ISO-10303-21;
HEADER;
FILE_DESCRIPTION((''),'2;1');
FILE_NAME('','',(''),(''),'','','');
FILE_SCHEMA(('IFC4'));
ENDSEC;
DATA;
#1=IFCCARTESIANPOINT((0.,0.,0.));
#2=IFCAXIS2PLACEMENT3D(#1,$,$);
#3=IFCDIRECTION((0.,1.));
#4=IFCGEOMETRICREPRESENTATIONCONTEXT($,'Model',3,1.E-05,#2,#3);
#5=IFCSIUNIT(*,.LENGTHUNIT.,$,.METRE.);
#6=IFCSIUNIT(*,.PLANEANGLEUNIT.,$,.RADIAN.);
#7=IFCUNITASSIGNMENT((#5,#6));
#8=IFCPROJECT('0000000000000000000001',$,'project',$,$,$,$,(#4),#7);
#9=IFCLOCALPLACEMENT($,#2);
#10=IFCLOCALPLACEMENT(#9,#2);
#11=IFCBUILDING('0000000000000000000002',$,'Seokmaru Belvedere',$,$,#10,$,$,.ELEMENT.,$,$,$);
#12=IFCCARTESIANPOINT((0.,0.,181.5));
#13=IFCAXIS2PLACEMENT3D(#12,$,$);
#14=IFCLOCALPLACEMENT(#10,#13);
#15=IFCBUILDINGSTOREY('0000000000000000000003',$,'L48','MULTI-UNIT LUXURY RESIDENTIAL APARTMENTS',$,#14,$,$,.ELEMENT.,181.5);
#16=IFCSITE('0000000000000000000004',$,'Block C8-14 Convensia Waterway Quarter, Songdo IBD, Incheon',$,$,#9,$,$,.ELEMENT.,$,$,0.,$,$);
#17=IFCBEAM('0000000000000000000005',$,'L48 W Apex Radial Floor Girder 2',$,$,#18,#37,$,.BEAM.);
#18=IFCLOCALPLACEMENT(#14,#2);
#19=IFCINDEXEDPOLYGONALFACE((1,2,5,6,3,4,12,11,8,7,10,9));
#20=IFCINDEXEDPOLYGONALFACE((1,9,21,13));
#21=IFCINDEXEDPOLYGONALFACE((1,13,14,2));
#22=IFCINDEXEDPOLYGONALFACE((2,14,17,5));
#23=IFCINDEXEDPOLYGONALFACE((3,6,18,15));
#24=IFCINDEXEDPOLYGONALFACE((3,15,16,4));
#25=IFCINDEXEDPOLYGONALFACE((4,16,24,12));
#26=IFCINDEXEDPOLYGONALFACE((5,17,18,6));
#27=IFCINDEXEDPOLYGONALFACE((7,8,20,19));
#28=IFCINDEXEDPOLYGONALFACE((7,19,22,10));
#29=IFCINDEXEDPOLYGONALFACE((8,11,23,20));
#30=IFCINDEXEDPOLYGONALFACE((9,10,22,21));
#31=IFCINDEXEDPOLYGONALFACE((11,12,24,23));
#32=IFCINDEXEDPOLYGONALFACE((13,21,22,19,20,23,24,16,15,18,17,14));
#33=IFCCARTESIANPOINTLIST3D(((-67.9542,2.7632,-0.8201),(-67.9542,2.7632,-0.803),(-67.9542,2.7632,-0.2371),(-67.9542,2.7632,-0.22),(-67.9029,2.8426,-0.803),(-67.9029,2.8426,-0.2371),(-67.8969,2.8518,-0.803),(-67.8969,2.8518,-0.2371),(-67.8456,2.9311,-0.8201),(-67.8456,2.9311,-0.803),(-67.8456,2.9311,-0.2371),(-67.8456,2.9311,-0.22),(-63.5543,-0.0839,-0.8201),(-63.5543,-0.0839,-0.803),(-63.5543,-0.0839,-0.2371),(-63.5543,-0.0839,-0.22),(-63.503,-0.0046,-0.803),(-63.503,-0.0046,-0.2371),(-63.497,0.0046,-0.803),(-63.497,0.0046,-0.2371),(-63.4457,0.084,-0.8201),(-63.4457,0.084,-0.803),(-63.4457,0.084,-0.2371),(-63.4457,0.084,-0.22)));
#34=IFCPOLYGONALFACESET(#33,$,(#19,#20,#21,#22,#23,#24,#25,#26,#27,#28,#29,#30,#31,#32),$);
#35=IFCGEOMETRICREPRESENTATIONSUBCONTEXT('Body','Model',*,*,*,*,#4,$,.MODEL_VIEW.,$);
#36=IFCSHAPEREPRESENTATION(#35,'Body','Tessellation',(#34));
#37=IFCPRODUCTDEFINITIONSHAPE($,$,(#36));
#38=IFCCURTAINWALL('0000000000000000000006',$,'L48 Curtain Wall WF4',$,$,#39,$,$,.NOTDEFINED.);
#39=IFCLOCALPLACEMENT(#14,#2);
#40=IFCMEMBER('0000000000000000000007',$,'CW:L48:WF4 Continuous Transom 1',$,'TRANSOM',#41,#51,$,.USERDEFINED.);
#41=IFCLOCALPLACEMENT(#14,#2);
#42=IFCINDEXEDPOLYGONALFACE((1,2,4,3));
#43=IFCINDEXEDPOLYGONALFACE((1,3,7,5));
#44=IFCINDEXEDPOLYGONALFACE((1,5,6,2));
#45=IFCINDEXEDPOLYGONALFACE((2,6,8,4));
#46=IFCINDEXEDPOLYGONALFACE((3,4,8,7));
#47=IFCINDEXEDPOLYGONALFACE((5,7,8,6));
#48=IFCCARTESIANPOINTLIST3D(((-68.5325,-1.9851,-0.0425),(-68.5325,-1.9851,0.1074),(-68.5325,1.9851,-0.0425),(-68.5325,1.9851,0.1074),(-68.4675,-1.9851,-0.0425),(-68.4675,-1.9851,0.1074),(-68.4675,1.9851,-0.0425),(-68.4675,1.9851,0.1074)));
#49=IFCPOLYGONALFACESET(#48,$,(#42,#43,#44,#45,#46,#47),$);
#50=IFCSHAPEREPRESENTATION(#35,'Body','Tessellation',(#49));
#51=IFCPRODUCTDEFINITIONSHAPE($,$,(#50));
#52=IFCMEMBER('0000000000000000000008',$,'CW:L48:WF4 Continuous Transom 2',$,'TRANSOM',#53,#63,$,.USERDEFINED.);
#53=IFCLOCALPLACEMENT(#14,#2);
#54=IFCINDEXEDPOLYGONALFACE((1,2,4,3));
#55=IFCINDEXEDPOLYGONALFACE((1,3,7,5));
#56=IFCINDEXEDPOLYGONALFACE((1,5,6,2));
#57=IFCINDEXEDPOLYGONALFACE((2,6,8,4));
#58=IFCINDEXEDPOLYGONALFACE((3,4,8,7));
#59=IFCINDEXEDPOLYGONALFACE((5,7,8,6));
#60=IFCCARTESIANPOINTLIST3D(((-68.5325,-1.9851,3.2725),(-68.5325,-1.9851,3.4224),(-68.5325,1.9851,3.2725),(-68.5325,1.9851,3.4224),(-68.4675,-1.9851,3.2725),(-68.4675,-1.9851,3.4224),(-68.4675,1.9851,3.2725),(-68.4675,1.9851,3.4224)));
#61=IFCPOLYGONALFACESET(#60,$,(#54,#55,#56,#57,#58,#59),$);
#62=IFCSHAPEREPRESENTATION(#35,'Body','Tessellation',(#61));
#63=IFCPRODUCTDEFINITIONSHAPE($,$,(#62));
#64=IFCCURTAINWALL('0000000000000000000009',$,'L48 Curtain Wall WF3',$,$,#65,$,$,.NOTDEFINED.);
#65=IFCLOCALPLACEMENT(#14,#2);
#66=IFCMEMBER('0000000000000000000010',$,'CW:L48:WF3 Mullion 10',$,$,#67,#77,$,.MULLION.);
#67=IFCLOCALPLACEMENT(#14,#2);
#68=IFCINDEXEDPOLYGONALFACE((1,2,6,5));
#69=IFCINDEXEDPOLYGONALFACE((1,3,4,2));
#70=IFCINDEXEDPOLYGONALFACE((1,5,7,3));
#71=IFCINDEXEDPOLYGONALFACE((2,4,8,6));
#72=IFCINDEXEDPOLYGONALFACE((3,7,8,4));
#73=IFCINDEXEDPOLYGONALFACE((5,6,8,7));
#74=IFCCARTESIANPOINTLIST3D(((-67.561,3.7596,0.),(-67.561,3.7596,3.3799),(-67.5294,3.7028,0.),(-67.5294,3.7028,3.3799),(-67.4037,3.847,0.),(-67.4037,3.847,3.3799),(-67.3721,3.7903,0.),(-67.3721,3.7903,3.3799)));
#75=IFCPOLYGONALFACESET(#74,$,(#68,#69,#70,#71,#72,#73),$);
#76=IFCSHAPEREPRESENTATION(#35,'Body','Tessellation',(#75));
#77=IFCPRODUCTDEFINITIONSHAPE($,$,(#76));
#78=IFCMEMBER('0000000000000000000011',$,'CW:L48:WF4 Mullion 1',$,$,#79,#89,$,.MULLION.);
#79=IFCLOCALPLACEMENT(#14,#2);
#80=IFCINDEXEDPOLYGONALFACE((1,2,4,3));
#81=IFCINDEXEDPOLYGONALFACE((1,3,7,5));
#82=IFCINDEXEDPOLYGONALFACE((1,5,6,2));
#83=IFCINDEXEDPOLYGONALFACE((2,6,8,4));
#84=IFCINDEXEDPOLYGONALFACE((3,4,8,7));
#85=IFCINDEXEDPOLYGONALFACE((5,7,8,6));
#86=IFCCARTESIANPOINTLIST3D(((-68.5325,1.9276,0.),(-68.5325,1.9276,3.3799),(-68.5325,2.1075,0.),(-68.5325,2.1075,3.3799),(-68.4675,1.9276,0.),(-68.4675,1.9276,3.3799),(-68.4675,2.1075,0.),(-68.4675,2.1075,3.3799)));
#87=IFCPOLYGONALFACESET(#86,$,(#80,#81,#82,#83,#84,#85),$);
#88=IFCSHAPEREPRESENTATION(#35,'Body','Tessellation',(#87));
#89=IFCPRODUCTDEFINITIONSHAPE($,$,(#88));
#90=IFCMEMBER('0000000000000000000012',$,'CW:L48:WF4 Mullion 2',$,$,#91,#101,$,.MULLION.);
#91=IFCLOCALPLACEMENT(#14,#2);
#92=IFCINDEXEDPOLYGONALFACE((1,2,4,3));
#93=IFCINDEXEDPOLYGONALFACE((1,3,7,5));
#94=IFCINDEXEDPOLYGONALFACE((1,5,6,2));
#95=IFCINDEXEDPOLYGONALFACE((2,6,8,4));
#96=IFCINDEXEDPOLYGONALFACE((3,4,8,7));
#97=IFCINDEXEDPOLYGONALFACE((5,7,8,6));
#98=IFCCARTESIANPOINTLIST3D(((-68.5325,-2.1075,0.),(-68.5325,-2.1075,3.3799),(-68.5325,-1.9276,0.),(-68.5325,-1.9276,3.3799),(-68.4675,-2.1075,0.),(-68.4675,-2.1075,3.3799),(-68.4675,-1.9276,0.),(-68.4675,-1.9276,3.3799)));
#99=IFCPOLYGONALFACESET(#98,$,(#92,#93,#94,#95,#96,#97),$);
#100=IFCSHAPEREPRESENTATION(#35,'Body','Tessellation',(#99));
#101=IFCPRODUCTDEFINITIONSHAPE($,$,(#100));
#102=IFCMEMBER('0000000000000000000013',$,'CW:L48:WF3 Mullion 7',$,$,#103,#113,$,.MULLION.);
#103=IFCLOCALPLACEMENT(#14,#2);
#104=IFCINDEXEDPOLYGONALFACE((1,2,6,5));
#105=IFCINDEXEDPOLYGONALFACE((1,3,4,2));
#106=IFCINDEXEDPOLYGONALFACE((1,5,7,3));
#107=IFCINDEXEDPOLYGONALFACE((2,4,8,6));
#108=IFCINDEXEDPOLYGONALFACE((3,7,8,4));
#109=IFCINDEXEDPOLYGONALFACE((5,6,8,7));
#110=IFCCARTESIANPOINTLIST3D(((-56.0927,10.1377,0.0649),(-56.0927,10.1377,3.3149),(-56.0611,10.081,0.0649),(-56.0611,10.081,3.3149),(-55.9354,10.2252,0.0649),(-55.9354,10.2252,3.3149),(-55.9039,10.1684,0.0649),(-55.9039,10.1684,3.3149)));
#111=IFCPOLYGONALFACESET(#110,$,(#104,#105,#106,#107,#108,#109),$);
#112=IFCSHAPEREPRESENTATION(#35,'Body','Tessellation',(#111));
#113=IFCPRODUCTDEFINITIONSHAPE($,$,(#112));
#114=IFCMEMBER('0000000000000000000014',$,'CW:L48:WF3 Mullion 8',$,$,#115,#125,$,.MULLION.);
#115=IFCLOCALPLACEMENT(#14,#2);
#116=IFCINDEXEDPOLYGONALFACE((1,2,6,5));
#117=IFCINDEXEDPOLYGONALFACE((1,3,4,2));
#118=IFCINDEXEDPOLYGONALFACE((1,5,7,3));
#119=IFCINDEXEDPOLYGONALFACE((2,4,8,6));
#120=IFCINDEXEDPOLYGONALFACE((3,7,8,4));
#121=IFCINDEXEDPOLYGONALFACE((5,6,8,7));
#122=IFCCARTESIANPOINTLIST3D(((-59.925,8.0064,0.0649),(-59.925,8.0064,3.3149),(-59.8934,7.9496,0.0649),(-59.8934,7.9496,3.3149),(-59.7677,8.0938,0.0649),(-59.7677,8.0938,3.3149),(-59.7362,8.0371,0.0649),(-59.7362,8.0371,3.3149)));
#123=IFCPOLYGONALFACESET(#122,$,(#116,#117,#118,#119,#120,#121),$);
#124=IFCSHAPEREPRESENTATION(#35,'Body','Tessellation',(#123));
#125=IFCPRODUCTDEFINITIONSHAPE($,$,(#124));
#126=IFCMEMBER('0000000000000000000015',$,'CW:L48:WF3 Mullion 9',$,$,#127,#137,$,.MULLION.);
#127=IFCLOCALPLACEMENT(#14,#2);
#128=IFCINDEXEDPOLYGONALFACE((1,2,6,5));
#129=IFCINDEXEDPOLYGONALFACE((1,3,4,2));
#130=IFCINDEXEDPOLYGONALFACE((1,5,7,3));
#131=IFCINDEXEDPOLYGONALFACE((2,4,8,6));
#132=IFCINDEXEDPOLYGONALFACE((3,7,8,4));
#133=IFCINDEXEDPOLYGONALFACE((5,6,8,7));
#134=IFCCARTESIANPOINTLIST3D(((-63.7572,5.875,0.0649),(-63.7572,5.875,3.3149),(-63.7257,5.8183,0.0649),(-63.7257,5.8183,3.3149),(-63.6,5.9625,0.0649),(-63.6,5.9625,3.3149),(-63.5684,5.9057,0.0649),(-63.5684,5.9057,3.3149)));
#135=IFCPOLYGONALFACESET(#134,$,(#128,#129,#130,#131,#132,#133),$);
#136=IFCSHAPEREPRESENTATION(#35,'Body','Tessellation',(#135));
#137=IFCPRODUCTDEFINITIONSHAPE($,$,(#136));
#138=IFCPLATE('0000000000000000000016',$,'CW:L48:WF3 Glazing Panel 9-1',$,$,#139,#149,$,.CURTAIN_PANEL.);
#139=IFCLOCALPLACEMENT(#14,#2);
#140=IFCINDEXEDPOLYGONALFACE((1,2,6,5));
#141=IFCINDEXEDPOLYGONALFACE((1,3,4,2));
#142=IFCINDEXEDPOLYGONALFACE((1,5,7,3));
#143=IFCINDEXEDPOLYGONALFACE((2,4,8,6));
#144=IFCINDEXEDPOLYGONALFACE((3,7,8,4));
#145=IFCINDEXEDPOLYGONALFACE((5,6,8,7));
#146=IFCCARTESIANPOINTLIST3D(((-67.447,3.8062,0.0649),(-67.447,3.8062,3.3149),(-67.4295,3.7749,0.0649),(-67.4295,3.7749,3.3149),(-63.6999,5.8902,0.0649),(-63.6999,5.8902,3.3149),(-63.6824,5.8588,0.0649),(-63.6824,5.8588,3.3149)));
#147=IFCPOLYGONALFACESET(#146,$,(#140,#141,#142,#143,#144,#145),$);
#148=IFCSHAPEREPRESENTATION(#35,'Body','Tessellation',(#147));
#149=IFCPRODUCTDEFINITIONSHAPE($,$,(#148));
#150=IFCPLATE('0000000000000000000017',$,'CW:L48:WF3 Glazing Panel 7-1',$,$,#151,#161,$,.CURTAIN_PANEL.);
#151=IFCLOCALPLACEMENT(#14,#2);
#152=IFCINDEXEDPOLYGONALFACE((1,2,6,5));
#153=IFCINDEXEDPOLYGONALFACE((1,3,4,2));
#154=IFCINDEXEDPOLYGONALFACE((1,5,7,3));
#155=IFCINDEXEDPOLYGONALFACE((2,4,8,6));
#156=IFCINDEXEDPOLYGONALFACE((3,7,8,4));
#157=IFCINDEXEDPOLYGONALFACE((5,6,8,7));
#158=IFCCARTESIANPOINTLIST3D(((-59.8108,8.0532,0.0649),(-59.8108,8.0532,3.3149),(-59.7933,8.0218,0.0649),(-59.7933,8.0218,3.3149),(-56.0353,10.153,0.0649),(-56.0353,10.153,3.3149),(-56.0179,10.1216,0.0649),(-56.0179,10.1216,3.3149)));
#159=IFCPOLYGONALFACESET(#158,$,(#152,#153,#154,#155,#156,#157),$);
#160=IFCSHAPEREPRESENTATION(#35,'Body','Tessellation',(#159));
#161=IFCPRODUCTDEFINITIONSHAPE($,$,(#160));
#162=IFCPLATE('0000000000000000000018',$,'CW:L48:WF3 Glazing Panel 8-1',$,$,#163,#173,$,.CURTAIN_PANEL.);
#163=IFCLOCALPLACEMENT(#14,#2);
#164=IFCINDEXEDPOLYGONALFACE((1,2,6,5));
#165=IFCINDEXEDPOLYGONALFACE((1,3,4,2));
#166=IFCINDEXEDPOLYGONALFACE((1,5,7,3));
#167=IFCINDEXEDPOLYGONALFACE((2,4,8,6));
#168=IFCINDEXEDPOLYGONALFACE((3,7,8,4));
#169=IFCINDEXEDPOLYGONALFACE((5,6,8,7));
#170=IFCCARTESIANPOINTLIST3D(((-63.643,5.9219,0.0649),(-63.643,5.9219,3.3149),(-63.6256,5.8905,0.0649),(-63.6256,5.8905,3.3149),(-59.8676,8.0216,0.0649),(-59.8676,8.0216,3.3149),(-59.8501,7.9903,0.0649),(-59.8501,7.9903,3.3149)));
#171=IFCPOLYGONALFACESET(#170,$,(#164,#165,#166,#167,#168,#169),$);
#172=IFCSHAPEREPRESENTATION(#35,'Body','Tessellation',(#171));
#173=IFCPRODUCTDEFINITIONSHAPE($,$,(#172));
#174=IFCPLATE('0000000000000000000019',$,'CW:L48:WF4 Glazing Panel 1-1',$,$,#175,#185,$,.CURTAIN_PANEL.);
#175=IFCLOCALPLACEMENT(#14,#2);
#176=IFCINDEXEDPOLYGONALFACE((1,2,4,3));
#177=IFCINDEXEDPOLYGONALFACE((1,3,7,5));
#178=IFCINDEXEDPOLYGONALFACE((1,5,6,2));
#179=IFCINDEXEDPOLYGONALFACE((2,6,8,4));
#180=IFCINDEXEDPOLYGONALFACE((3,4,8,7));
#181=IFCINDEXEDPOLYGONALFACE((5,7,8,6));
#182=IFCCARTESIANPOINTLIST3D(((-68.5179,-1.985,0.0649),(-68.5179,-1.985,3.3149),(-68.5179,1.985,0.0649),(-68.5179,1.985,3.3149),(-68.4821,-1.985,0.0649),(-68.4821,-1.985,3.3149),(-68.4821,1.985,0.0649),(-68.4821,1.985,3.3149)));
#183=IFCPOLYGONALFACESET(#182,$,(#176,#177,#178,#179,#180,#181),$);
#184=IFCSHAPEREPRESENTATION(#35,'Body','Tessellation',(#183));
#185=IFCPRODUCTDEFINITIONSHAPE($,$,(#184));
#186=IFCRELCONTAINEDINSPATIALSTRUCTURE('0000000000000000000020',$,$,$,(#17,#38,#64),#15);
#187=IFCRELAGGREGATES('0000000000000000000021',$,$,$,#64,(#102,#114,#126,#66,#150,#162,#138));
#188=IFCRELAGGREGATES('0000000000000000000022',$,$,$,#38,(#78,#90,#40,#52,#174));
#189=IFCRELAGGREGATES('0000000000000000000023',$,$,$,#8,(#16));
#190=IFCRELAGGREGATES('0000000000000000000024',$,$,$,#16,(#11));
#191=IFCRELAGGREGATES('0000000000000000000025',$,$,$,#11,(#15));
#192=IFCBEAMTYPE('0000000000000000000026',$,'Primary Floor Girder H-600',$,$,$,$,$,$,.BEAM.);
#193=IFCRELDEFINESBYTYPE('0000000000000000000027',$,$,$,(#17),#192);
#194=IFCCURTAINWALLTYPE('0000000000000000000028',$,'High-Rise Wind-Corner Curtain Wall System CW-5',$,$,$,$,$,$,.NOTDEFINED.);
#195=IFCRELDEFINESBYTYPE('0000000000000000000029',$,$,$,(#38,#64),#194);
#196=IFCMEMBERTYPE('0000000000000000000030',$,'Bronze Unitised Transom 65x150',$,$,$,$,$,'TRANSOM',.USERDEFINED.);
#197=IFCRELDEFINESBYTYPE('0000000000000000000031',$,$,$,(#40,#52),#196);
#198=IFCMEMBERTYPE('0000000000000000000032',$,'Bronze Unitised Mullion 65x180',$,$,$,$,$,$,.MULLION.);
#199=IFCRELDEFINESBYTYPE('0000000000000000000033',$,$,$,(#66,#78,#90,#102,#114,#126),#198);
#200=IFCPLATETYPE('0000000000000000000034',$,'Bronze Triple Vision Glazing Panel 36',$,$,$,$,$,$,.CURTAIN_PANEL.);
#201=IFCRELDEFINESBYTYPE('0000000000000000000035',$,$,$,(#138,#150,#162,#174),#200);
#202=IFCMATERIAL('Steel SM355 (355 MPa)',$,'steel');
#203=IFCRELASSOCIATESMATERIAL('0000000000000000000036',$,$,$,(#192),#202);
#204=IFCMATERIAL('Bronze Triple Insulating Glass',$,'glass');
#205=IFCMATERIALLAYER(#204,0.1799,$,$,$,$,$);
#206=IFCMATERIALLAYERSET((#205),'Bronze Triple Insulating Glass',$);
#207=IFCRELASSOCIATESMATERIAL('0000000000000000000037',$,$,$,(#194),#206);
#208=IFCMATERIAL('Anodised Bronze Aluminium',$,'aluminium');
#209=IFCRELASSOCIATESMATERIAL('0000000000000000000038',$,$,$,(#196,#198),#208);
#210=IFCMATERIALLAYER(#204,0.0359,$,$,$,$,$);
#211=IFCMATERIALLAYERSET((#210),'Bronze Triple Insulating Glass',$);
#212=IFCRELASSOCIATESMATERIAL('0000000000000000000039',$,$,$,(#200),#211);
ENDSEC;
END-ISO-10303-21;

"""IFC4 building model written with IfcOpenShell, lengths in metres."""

from ifc_helpers import new_model, si_unit, direction, frame, origin, origin_2d, place, context, subcontext, project, spatial, rectangle, i_section, extrude, source, transform, mapped, material, layer, layer_set, material_profile, profile_set, type_object, type_shapes, element, aggregate, save


model = new_model("IFC4")

# Units and contexts
model_context = context("Model", 3, precision=1e-05, world=origin(), true_north=direction((0.0, 1.0)))
body_context = subcontext(model_context, "Body", "Model", "MODEL_VIEW")
ifc_project = project(units=[si_unit("LENGTHUNIT", "METRE"), si_unit("PLANEANGLEUNIT", "RADIAN")], contexts=[model_context])

# Site, building, storey
site_placement = place(None, origin())
site = spatial("IfcSite", under=ifc_project, at=site_placement, Name="Block C8-14 Convensia Waterway Quarter, Songdo IBD, Incheon", CompositionType="ELEMENT", RefElevation=0.0)
building_placement = place(site_placement, origin())
building = spatial("IfcBuilding", under=site, at=building_placement, Name="Seokmaru Belvedere", CompositionType="ELEMENT")
storey_placement = place(building_placement, frame((0.0, 0.0, 181.5)))
storey = spatial("IfcBuildingStorey", under=building, at=storey_placement, Name="L48", Description="MULTI-UNIT LUXURY RESIDENTIAL APARTMENTS", CompositionType="ELEMENT", Elevation=181.5)

# Shared definitions
ifc_material_1 = material(Name="Steel SM355 (355 MPa)", Category="steel")

# Beam
ifc_material_profile_1 = material_profile(ifc_material_1, i_section(OverallWidth=0.2, OverallDepth=0.6001, WebThickness=0.011, FlangeThickness=0.0171, at=origin_2d()), Name="H-600x200x11x17")
ifc_profile_set_1 = profile_set([ifc_material_profile_1], Name="Steel SM355 (355 MPa)")
beam_type_1 = type_object("IfcBeamType", Name="Primary Floor Girder H-600", PredefinedType="BEAM", material=ifc_profile_set_1)
shared_shape_1 = source(origin(), body_context, "Body", "SweptSolid", [
    extrude(i_section(OverallWidth=0.2, OverallDepth=0.6001, WebThickness=0.011, FlangeThickness=0.0171, at=origin_2d()), origin(), (0.0, 0.0, 1.0), 5.2407),
])
beam_1_placement = place(storey_placement, frame((-67.8999, 2.8472, -0.52), z_axis=(0.839555, -0.543274, 0.0), x_axis=(0.543274, 0.839555, 0.0)))
element("IfcBeam", 1, at=beam_1_placement, inside=storey, type_object=beam_type_1, Name="L48 W Apex Radial Floor Girder 2", PredefinedType="BEAM", context=body_context, shape_type="MappedRepresentation", body=[
    mapped(shared_shape_1, transform((0.0, 0.0, 0.0), scale=1.0)),
])

# Curtain wall, members
ifc_material_2 = material(Name="Bronze Triple Insulating Glass", Category="glass")
ifc_layer_1 = layer(ifc_material_2, 0.1799)
ifc_layer_set_1 = layer_set([ifc_layer_1], Name="Bronze Triple Insulating Glass")
curtain_wall_type = type_object("IfcCurtainWallType", Name="High-Rise Wind-Corner Curtain Wall System CW-5", PredefinedType="NOTDEFINED", material=ifc_layer_set_1)
curtain_wall_1_placement = place(storey_placement, origin())
curtain_wall_1 = element("IfcCurtainWall", 2, at=curtain_wall_1_placement, inside=storey, type_object=curtain_wall_type, Name="L48 Curtain Wall WF4", PredefinedType="NOTDEFINED")
ifc_material_3 = material(Name="Anodised Bronze Aluminium", Category="aluminium")
ifc_material_profile_2 = material_profile(ifc_material_3, rectangle(XDim=0.0649, YDim=0.1499, at=origin_2d()), Name="CW-T-65x150")
ifc_profile_set_2 = profile_set([ifc_material_profile_2], Name="Anodised Bronze Aluminium")
member_type_1 = type_object("IfcMemberType", Name="Bronze Unitised Transom 65x150", ElementType="TRANSOM", PredefinedType="USERDEFINED", material=ifc_profile_set_2)
shared_shape_2 = source(origin(), body_context, "Body", "SweptSolid", [
    extrude(rectangle(XDim=0.0649, YDim=0.1499, at=origin_2d()), origin(), (0.0, 0.0, 1.0), 3.9702),
])
type_shapes(member_type_1, [shared_shape_2])
member_1_placement = place(storey_placement, frame((-68.5, 1.9851, 0.0325), z_axis=(0.0, -1.0, 0.0), x_axis=(1.0, 0.0, 0.0)))
member_1 = element("IfcMember", 3, at=member_1_placement, type_object=member_type_1, Name="CW:L48:WF4 Continuous Transom 1", ObjectType="TRANSOM", PredefinedType="USERDEFINED", context=body_context, shape_type="MappedRepresentation", body=[
    mapped(shared_shape_2, transform((0.0, 0.0, 0.0), scale=1.0)),
])
member_2_placement = place(storey_placement, frame((-68.5, 1.9851, 3.3474), z_axis=(0.0, -1.0, 0.0), x_axis=(1.0, 0.0, 0.0)))
member_2 = element("IfcMember", 4, at=member_2_placement, type_object=member_type_1, Name="CW:L48:WF4 Continuous Transom 2", ObjectType="TRANSOM", PredefinedType="USERDEFINED", context=body_context, shape_type="MappedRepresentation", body=[
    mapped(shared_shape_2, transform((0.0, 0.0, 0.0), scale=1.0)),
])

# Curtain wall, member
curtain_wall_2_placement = place(storey_placement, origin())
curtain_wall_2 = element("IfcCurtainWall", 5, at=curtain_wall_2_placement, inside=storey, type_object=curtain_wall_type, Name="L48 Curtain Wall WF3", PredefinedType="NOTDEFINED")
ifc_material_profile_3 = material_profile(ifc_material_3, rectangle(XDim=0.0649, YDim=0.1799, at=origin_2d()), Name="CW-M-65x180")
ifc_profile_set_3 = profile_set([ifc_material_profile_3], Name="Anodised Bronze Aluminium")
member_type_2 = type_object("IfcMemberType", Name="Bronze Unitised Mullion 65x180", PredefinedType="MULLION", material=ifc_profile_set_3)
shared_shape_3 = source(origin(), body_context, "Body", "SweptSolid", [
    extrude(rectangle(XDim=0.0649, YDim=0.1799, at=origin_2d()), origin(), (0.0, 0.0, 1.0), 3.3799),
])
member_3_placement = place(storey_placement, frame((-67.4666, 3.7749, 0.0), z_axis=(0.0, 0.0, 1.0), x_axis=(0.486047, -0.873933, 0.0)))
member_3 = element("IfcMember", 6, at=member_3_placement, type_object=member_type_2, Name="CW:L48:WF3 Mullion 10", PredefinedType="MULLION", context=body_context, shape_type="MappedRepresentation", body=[
    mapped(shared_shape_3, transform((0.0, 0.0, 0.0), scale=1.0)),
])

# Members
member_4_placement = place(storey_placement, frame((-68.5, 2.0176, 0.0), z_axis=(0.0, 0.0, 1.0), x_axis=(1.0, 0.0, 0.0)))
member_4 = element("IfcMember", 7, at=member_4_placement, type_object=member_type_2, Name="CW:L48:WF4 Mullion 1", PredefinedType="MULLION", context=body_context, shape_type="MappedRepresentation", body=[
    mapped(shared_shape_3, transform((0.0, 0.0, 0.0), scale=1.0)),
])
member_5_placement = place(storey_placement, frame((-68.5, -2.0176, 0.0), z_axis=(0.0, 0.0, 1.0), x_axis=(1.0, 0.0, 0.0)))
member_5 = element("IfcMember", 8, at=member_5_placement, type_object=member_type_2, Name="CW:L48:WF4 Mullion 2", PredefinedType="MULLION", context=body_context, shape_type="MappedRepresentation", body=[
    mapped(shared_shape_3, transform((0.0, 0.0, 0.0), scale=1.0)),
])
shared_shape_4 = source(origin(), body_context, "Body", "SweptSolid", [
    extrude(rectangle(XDim=0.0649, YDim=0.1799, at=origin_2d()), origin(), (0.0, 0.0, 1.0), 3.25),
])
type_shapes(member_type_2, [shared_shape_3, shared_shape_4])
member_6_placement = place(storey_placement, frame((-55.9983, 10.1531, 0.0649), z_axis=(0.0, 0.0, 1.0), x_axis=(0.486047, -0.873933, 0.0)))
member_6 = element("IfcMember", 9, at=member_6_placement, type_object=member_type_2, Name="CW:L48:WF3 Mullion 7", PredefinedType="MULLION", context=body_context, shape_type="MappedRepresentation", body=[
    mapped(shared_shape_4, transform((0.0, 0.0, 0.0), scale=1.0)),
])
member_7_placement = place(storey_placement, frame((-59.8306, 8.0217, 0.0649), z_axis=(0.0, 0.0, 1.0), x_axis=(0.486047, -0.873933, 0.0)))
member_7 = element("IfcMember", 10, at=member_7_placement, type_object=member_type_2, Name="CW:L48:WF3 Mullion 8", PredefinedType="MULLION", context=body_context, shape_type="MappedRepresentation", body=[
    mapped(shared_shape_4, transform((0.0, 0.0, 0.0), scale=1.0)),
])
member_8_placement = place(storey_placement, frame((-63.6628, 5.8904, 0.0649), z_axis=(0.0, 0.0, 1.0), x_axis=(0.486047, -0.873933, 0.0)))
member_8 = element("IfcMember", 11, at=member_8_placement, type_object=member_type_2, Name="CW:L48:WF3 Mullion 9", PredefinedType="MULLION", context=body_context, shape_type="MappedRepresentation", body=[
    mapped(shared_shape_4, transform((0.0, 0.0, 0.0), scale=1.0)),
])

# Plates
ifc_layer_2 = layer(ifc_material_2, 0.0359)
ifc_layer_set_2 = layer_set([ifc_layer_2], Name="Bronze Triple Insulating Glass")
plate_type = type_object("IfcPlateType", Name="Bronze Triple Vision Glazing Panel 36", PredefinedType="CURTAIN_PANEL", material=ifc_layer_set_2)
shared_shape_5 = source(origin(), body_context, "Body", "SweptSolid", [
    extrude(rectangle(XDim=4.2876, YDim=0.0359, at=origin_2d()), origin(), (0.0, 0.0, 1.0), 3.25),
])
plate_1_placement = place(storey_placement, frame((-65.5647, 4.8325, 0.0649), z_axis=(0.0, 0.0, 1.0), x_axis=(-0.873933, -0.486047, 0.0)))
plate_1 = element("IfcPlate", 12, at=plate_1_placement, type_object=plate_type, Name="CW:L48:WF3 Glazing Panel 9-1", PredefinedType="CURTAIN_PANEL", context=body_context, shape_type="MappedRepresentation", body=[
    mapped(shared_shape_5, transform((0.0, 0.0, 0.0), scale=1.0)),
])
shared_shape_6 = source(origin(), body_context, "Body", "SweptSolid", [
    extrude(rectangle(XDim=4.3201, YDim=0.0359, at=origin_2d()), origin(), (0.0, 0.0, 1.0), 3.25),
])
plate_2_placement = place(storey_placement, frame((-57.9143, 9.0874, 0.0649), z_axis=(0.0, 0.0, 1.0), x_axis=(-0.873933, -0.486047, 0.0)))
plate_2 = element("IfcPlate", 13, at=plate_2_placement, type_object=plate_type, Name="CW:L48:WF3 Glazing Panel 7-1", PredefinedType="CURTAIN_PANEL", context=body_context, shape_type="MappedRepresentation", body=[
    mapped(shared_shape_6, transform((0.0, 0.0, 0.0), scale=1.0)),
])
plate_3_placement = place(storey_placement, frame((-61.7466, 6.9561, 0.0649), z_axis=(0.0, 0.0, 1.0), x_axis=(-0.873933, -0.486047, 0.0)))
plate_3 = element("IfcPlate", 14, at=plate_3_placement, type_object=plate_type, Name="CW:L48:WF3 Glazing Panel 8-1", PredefinedType="CURTAIN_PANEL", context=body_context, shape_type="MappedRepresentation", body=[
    mapped(shared_shape_6, transform((0.0, 0.0, 0.0), scale=1.0)),
])
aggregate(curtain_wall_2, [member_6, member_7, member_8, member_3, plate_2, plate_3, plate_1])
shared_shape_7 = source(origin(), body_context, "Body", "SweptSolid", [
    extrude(rectangle(XDim=3.97, YDim=0.0359, at=origin_2d()), origin(), (0.0, 0.0, 1.0), 3.25),
])
type_shapes(plate_type, [shared_shape_5, shared_shape_6, shared_shape_7])
plate_4_placement = place(storey_placement, frame((-68.5, 0.0, 0.0649), z_axis=(0.0, 0.0, 1.0), x_axis=(0.0, -1.0, 0.0)))
plate_4 = element("IfcPlate", 15, at=plate_4_placement, type_object=plate_type, Name="CW:L48:WF4 Glazing Panel 1-1", PredefinedType="CURTAIN_PANEL", context=body_context, shape_type="MappedRepresentation", body=[
    mapped(shared_shape_7, transform((0.0, 0.0, 0.0), scale=1.0)),
])
aggregate(curtain_wall_1, [member_4, member_5, member_1, member_2, plate_4])

save(model, "model.ifc")
